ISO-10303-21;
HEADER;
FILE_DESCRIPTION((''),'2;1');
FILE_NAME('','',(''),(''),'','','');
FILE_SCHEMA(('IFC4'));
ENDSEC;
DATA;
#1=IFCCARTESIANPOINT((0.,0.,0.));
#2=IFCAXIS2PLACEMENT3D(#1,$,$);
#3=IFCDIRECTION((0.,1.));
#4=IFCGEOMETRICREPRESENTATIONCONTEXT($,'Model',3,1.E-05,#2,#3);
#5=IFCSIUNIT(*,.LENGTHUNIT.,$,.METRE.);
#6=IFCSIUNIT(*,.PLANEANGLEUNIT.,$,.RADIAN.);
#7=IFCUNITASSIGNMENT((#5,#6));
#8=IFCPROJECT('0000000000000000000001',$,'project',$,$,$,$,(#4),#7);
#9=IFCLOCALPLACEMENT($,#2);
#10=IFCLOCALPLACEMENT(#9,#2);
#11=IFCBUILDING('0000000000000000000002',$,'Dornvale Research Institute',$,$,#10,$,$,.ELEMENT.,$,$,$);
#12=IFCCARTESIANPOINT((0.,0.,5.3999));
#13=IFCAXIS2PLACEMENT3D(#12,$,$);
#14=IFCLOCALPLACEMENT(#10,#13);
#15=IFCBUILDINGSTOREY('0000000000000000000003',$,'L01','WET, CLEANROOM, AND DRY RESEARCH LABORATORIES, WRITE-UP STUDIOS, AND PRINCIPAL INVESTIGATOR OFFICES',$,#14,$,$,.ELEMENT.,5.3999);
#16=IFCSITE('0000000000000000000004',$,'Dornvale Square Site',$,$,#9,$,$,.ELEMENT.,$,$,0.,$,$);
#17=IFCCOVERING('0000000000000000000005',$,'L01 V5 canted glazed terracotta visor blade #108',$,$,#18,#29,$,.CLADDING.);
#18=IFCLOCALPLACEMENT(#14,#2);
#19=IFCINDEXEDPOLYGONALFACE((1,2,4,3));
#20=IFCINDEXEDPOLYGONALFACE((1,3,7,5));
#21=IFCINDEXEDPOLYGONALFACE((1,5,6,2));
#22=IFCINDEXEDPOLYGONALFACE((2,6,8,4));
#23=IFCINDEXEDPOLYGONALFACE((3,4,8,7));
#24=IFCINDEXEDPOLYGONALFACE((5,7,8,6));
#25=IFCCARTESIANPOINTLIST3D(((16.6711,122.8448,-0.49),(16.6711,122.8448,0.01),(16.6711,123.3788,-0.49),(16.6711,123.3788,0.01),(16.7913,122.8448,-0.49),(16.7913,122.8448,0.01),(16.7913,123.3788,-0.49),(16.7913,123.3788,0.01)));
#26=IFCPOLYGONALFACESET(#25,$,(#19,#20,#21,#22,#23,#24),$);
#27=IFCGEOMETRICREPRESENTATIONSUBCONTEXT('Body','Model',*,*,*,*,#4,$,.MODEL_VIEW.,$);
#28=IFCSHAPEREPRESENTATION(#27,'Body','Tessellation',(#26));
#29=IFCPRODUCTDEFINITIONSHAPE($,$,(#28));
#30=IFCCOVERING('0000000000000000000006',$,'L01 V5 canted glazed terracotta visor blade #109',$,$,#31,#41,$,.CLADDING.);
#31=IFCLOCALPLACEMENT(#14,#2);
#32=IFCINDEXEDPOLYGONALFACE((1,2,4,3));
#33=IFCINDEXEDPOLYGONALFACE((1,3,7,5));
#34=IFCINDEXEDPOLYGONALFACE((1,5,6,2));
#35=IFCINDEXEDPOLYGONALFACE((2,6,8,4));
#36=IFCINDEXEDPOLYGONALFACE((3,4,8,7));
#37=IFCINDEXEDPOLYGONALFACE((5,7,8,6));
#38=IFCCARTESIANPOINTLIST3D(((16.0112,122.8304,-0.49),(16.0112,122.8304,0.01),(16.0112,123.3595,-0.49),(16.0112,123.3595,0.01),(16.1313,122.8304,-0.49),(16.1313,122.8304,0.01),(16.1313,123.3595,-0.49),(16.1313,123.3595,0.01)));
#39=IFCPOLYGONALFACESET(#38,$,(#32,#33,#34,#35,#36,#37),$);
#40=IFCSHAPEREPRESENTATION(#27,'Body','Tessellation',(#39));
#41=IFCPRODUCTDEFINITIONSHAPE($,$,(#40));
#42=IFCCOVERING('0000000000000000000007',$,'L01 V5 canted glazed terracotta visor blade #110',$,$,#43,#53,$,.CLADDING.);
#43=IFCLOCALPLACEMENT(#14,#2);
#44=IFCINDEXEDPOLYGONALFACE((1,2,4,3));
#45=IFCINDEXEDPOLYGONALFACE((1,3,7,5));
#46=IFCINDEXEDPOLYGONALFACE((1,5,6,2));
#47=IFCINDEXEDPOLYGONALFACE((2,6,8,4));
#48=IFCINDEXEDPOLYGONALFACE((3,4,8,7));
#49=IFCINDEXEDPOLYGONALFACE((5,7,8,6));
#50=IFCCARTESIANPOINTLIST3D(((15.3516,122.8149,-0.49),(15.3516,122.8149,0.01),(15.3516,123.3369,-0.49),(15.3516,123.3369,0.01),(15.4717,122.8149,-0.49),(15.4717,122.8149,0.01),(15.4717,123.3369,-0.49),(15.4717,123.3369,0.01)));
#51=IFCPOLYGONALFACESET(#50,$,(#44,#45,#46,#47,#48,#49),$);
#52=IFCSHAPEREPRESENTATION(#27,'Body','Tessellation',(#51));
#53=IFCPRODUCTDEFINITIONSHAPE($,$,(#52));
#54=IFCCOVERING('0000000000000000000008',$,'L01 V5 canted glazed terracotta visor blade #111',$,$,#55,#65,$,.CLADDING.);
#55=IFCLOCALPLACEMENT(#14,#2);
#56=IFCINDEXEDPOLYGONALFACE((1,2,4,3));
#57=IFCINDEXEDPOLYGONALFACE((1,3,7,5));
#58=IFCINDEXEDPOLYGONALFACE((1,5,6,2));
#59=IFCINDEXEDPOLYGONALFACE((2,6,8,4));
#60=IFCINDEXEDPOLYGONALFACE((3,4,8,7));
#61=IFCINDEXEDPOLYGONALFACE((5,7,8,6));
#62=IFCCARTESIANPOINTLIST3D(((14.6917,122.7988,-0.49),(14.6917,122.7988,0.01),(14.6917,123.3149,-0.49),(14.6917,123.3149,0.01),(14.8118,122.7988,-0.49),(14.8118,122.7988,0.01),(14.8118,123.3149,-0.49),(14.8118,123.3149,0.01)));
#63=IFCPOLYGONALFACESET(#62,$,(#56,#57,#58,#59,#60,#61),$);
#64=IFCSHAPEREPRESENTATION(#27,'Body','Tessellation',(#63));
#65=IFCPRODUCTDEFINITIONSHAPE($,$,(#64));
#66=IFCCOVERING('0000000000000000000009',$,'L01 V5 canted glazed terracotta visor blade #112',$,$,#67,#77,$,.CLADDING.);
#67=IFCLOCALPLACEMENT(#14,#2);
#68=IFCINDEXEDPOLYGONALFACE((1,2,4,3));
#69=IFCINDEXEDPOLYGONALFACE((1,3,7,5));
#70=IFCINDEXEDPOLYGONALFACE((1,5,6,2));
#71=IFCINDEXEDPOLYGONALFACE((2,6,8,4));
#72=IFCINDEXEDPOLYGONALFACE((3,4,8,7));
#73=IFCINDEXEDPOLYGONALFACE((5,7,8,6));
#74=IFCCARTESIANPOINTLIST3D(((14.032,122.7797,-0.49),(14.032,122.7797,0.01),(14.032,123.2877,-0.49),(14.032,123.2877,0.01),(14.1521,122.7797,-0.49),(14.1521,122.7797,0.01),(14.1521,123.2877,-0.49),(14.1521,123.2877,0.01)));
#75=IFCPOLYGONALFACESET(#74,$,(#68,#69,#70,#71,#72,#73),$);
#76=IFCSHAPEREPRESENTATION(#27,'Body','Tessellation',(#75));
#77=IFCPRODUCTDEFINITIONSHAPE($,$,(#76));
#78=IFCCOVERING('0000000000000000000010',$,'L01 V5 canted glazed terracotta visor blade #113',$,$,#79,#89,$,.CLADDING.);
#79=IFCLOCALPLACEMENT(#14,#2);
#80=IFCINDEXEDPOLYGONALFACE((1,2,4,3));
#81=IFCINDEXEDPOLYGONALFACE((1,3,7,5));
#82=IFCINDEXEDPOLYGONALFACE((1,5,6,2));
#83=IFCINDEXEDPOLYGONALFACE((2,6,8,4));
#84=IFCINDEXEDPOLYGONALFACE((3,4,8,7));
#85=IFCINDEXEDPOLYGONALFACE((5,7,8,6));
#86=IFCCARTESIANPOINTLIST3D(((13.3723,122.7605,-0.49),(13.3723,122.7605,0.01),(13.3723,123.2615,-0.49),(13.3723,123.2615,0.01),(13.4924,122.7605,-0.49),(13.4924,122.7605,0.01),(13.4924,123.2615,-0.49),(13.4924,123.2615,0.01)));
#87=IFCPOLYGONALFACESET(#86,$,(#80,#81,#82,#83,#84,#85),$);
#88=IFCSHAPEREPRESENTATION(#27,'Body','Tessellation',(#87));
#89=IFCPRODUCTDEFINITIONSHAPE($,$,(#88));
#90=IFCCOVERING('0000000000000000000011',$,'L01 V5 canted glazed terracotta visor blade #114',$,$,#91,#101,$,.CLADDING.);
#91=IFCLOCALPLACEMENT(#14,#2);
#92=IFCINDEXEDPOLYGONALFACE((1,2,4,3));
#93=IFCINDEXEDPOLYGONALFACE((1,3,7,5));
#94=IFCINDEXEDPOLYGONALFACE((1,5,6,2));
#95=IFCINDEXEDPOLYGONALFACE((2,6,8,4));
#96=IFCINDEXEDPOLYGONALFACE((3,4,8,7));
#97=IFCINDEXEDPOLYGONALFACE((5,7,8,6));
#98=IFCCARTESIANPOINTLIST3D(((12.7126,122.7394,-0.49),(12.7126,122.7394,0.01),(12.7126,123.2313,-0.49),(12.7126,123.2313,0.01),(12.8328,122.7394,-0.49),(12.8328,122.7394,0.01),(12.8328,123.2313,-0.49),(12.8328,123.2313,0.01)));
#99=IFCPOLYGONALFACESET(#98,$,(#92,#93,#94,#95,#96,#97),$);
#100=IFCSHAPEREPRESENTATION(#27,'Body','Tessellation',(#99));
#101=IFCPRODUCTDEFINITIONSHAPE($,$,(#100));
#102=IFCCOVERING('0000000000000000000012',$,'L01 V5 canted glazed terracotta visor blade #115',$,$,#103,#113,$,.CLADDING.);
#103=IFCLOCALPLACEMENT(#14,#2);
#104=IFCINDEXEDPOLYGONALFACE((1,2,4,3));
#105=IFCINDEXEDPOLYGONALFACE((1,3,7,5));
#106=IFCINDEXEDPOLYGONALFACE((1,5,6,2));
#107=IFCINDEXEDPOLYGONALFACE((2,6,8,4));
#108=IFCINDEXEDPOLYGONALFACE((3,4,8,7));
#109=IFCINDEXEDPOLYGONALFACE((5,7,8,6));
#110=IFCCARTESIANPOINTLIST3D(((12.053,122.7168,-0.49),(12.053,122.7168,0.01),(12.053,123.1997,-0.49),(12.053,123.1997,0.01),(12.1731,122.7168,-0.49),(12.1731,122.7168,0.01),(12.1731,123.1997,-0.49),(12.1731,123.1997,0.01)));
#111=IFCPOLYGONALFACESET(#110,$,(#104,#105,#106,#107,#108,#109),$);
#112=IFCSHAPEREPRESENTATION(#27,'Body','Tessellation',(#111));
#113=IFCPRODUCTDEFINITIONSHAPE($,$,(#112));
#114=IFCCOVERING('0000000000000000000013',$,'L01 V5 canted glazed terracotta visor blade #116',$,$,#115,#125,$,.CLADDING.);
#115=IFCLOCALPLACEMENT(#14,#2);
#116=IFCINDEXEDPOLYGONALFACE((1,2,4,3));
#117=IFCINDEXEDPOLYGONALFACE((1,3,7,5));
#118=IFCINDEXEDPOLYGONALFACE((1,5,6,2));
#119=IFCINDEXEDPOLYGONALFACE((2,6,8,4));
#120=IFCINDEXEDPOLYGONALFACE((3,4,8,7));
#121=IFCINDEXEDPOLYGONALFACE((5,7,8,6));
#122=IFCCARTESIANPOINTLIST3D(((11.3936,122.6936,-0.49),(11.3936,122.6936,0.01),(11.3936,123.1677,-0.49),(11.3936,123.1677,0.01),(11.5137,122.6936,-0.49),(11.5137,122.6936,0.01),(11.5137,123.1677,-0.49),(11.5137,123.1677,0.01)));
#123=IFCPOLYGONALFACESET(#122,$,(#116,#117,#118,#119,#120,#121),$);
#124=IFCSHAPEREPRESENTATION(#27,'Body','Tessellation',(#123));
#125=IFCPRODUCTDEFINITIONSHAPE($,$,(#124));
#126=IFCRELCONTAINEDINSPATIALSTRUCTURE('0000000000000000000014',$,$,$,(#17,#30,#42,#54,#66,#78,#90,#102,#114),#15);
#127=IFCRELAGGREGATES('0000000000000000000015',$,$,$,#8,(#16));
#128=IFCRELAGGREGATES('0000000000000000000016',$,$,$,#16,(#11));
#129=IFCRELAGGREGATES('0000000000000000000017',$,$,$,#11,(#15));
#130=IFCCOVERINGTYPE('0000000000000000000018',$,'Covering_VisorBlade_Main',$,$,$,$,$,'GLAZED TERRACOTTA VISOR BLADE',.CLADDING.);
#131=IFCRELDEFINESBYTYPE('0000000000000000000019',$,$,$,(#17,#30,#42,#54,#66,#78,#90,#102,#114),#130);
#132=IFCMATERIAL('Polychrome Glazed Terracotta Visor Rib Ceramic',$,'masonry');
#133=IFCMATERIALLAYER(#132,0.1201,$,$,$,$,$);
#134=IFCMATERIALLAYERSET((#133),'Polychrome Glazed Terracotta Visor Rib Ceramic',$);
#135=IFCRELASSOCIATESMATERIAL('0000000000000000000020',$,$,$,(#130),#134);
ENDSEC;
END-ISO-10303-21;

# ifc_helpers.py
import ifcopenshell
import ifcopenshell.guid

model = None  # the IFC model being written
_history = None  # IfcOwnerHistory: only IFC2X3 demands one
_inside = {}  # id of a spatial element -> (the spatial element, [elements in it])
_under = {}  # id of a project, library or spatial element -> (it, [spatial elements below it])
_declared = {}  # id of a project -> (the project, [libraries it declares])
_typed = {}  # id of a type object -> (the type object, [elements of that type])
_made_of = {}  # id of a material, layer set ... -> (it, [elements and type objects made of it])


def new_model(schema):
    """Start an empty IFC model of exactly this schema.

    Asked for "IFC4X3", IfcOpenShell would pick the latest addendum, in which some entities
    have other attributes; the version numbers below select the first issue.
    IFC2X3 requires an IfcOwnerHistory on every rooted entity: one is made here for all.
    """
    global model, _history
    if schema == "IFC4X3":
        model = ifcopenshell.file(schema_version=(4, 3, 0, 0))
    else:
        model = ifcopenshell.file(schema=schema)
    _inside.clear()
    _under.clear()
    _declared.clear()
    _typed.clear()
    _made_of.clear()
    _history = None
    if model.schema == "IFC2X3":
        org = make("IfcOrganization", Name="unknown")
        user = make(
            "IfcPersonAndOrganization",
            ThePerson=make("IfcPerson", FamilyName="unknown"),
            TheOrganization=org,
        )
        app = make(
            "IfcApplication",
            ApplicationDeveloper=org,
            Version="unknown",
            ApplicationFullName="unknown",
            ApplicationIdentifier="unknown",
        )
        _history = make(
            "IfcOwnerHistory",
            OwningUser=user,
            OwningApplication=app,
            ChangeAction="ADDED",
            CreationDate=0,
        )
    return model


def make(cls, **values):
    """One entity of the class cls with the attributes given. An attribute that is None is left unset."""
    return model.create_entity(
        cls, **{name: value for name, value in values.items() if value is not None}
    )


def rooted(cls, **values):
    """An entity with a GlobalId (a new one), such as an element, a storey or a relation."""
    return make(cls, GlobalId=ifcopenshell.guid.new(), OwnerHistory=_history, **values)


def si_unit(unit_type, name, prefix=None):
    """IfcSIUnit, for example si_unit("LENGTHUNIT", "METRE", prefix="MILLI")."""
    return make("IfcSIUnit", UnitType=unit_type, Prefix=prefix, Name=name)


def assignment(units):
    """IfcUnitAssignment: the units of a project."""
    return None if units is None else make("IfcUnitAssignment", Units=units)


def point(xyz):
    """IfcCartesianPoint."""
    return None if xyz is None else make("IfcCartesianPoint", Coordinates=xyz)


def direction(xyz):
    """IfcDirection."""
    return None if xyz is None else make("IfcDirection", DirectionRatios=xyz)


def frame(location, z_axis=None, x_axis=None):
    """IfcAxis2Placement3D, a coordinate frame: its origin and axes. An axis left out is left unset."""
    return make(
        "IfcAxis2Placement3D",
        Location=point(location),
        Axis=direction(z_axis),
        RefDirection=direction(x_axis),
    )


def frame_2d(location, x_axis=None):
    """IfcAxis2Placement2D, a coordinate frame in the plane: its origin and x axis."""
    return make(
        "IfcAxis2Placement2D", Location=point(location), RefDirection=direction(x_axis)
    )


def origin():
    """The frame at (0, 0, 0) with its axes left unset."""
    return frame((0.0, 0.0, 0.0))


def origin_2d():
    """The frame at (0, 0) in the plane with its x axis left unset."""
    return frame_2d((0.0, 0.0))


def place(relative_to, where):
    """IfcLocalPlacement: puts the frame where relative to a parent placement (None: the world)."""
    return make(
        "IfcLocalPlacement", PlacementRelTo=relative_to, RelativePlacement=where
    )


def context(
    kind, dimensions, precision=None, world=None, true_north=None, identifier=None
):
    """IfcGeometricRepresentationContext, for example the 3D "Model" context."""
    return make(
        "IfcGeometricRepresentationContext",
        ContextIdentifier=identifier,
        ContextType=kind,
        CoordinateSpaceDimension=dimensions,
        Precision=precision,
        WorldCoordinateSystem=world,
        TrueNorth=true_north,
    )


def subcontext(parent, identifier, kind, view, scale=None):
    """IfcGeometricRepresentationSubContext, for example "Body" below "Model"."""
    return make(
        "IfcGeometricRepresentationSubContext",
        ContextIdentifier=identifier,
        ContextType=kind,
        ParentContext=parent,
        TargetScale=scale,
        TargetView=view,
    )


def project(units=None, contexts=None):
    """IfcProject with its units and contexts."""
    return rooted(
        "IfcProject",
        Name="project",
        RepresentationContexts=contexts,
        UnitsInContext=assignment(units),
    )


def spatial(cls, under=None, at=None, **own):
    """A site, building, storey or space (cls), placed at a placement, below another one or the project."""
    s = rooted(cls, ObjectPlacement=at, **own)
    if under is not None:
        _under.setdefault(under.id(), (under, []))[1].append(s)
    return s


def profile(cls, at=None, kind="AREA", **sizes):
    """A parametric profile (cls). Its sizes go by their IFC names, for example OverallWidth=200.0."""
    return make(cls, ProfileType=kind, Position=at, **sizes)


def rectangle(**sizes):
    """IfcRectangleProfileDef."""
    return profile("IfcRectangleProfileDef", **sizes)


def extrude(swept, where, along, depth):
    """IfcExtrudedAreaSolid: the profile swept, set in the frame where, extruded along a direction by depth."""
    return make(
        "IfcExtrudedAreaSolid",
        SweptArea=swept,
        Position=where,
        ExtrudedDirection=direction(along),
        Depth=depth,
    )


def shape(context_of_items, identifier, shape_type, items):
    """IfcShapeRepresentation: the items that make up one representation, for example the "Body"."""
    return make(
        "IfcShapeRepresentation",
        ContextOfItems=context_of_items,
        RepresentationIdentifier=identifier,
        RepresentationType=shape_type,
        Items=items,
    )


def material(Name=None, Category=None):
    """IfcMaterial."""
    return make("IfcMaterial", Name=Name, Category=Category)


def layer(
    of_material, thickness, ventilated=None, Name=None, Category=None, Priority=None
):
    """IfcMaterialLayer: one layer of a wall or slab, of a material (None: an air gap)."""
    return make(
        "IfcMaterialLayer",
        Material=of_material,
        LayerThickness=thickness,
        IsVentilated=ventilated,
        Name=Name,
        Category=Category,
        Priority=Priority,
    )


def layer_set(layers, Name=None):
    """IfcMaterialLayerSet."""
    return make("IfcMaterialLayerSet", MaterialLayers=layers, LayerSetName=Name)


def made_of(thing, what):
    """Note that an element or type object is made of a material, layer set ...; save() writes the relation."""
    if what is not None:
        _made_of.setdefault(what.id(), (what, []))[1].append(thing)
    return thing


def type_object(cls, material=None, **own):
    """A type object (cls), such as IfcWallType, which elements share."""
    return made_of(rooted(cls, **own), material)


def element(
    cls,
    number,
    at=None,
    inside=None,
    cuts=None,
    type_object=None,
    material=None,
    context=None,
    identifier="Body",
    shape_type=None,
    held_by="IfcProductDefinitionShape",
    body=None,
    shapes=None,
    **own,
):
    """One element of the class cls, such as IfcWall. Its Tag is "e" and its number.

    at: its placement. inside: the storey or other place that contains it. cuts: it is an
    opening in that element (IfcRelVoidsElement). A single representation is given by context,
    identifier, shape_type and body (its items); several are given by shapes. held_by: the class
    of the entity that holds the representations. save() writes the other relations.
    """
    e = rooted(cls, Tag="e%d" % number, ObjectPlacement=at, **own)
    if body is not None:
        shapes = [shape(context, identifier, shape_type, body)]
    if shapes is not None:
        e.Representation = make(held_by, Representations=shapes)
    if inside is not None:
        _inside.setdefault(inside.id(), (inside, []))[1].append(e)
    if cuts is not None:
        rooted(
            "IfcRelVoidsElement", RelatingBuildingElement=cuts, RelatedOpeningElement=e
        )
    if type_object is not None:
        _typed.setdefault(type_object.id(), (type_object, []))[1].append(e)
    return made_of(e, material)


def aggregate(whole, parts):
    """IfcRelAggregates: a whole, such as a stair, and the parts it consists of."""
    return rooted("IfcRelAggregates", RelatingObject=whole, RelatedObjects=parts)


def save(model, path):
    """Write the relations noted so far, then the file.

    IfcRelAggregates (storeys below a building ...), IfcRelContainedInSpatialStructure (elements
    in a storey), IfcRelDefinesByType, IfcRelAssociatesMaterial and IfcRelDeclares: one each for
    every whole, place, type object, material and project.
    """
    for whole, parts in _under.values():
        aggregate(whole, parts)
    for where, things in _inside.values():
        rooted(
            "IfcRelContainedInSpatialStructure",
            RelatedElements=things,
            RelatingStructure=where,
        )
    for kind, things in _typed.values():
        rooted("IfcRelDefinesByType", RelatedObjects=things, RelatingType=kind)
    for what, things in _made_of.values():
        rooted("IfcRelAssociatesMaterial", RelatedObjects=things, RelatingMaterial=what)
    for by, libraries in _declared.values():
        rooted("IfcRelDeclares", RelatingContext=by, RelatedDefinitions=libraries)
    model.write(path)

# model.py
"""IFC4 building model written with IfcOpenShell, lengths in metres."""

from ifc_helpers import new_model, si_unit, direction, frame, origin, origin_2d, place, context, subcontext, project, spatial, rectangle, extrude, material, layer, layer_set, type_object, element, save


model = new_model("IFC4")

# Units and contexts
model_context = context("Model", 3, precision=1e-05, world=origin(), true_north=direction((0.0, 1.0)))
body_context = subcontext(model_context, "Body", "Model", "MODEL_VIEW")
ifc_project = project(units=[si_unit("LENGTHUNIT", "METRE"), si_unit("PLANEANGLEUNIT", "RADIAN")], contexts=[model_context])

# Site, building, storey
site_placement = place(None, origin())
site = spatial("IfcSite", under=ifc_project, at=site_placement, Name="Dornvale Square Site", CompositionType="ELEMENT", RefElevation=0.0)
building_placement = place(site_placement, origin())
building = spatial("IfcBuilding", under=site, at=building_placement, Name="Dornvale Research Institute", CompositionType="ELEMENT")
storey_placement = place(building_placement, frame((0.0, 0.0, 5.3999)))
storey = spatial("IfcBuildingStorey", under=building, at=storey_placement, Name="L01", Description="WET, CLEANROOM, AND DRY RESEARCH LABORATORIES, WRITE-UP STUDIOS, AND PRINCIPAL INVESTIGATOR OFFICES", CompositionType="ELEMENT", Elevation=5.3999)

# Coverings
ifc_material_1 = material(Name="Polychrome Glazed Terracotta Visor Rib Ceramic", Category="masonry")
ifc_layer_1 = layer(ifc_material_1, 0.1201)
ifc_layer_set_1 = layer_set([ifc_layer_1], Name="Polychrome Glazed Terracotta Visor Rib Ceramic")
covering_type = type_object("IfcCoveringType", Name="Covering_VisorBlade_Main", ElementType="GLAZED TERRACOTTA VISOR BLADE", PredefinedType="CLADDING", material=ifc_layer_set_1)
covering_1_placement = place(storey_placement, frame((16.7312, 123.1118, -0.49), z_axis=(0.0, 0.0, 1.0), x_axis=(0.0, 1.0, 0.0)))
element("IfcCovering", 1, at=covering_1_placement, inside=storey, type_object=covering_type, Name="L01 V5 canted glazed terracotta visor blade #108", PredefinedType="CLADDING", context=body_context, shape_type="SweptSolid", body=[
    extrude(rectangle(XDim=0.5339, YDim=0.1201, at=origin_2d()), origin(), (0.0, 0.0, 1.0), 0.5),
])
covering_2_placement = place(storey_placement, frame((16.0713, 123.095, -0.49), z_axis=(0.0, 0.0, 1.0), x_axis=(0.0, 1.0, 0.0)))
element("IfcCovering", 2, at=covering_2_placement, inside=storey, type_object=covering_type, Name="L01 V5 canted glazed terracotta visor blade #109", PredefinedType="CLADDING", context=body_context, shape_type="SweptSolid", body=[
    extrude(rectangle(XDim=0.5291, YDim=0.1201, at=origin_2d()), origin(), (0.0, 0.0, 1.0), 0.5),
])
covering_3_placement = place(storey_placement, frame((15.4116, 123.0759, -0.49), z_axis=(0.0, 0.0, 1.0), x_axis=(0.0, 1.0, 0.0)))
element("IfcCovering", 3, at=covering_3_placement, inside=storey, type_object=covering_type, Name="L01 V5 canted glazed terracotta visor blade #110", PredefinedType="CLADDING", context=body_context, shape_type="SweptSolid", body=[
    extrude(rectangle(XDim=0.522, YDim=0.1201, at=origin_2d()), origin(), (0.0, 0.0, 1.0), 0.5),
])
covering_4_placement = place(storey_placement, frame((14.7517, 123.0569, -0.49), z_axis=(0.0, 0.0, 1.0), x_axis=(0.0, 1.0, 0.0)))
element("IfcCovering", 4, at=covering_4_placement, inside=storey, type_object=covering_type, Name="L01 V5 canted glazed terracotta visor blade #111", PredefinedType="CLADDING", context=body_context, shape_type="SweptSolid", body=[
    extrude(rectangle(XDim=0.5161, YDim=0.1201, at=origin_2d()), origin(), (0.0, 0.0, 1.0), 0.5),
])
covering_5_placement = place(storey_placement, frame((14.092, 123.0337, -0.49), z_axis=(0.0, 0.0, 1.0), x_axis=(0.0, 1.0, 0.0)))
element("IfcCovering", 5, at=covering_5_placement, inside=storey, type_object=covering_type, Name="L01 V5 canted glazed terracotta visor blade #112", PredefinedType="CLADDING", context=body_context, shape_type="SweptSolid", body=[
    extrude(rectangle(XDim=0.5081, YDim=0.1201, at=origin_2d()), origin(), (0.0, 0.0, 1.0), 0.5),
])
covering_6_placement = place(storey_placement, frame((13.4324, 123.011, -0.49), z_axis=(0.0, 0.0, 1.0), x_axis=(0.0, 1.0, 0.0)))
element("IfcCovering", 6, at=covering_6_placement, inside=storey, type_object=covering_type, Name="L01 V5 canted glazed terracotta visor blade #113", PredefinedType="CLADDING", context=body_context, shape_type="SweptSolid", body=[
    extrude(rectangle(XDim=0.501, YDim=0.1201, at=origin_2d()), origin(), (0.0, 0.0, 1.0), 0.5),
])
covering_7_placement = place(storey_placement, frame((12.7727, 122.9854, -0.49), z_axis=(0.0, 0.0, 1.0), x_axis=(0.0, 1.0, 0.0)))
element("IfcCovering", 7, at=covering_7_placement, inside=storey, type_object=covering_type, Name="L01 V5 canted glazed terracotta visor blade #114", PredefinedType="CLADDING", context=body_context, shape_type="SweptSolid", body=[
    extrude(rectangle(XDim=0.4919, YDim=0.1201, at=origin_2d()), origin(), (0.0, 0.0, 1.0), 0.5),
])
covering_8_placement = place(storey_placement, frame((12.113, 122.9583, -0.49), z_axis=(0.0, 0.0, 1.0), x_axis=(0.0, 1.0, 0.0)))
element("IfcCovering", 8, at=covering_8_placement, inside=storey, type_object=covering_type, Name="L01 V5 canted glazed terracotta visor blade #115", PredefinedType="CLADDING", context=body_context, shape_type="SweptSolid", body=[
    extrude(rectangle(XDim=0.4829, YDim=0.1201, at=origin_2d()), origin(), (0.0, 0.0, 1.0), 0.5),
])
covering_9_placement = place(storey_placement, frame((11.4536, 122.9307, -0.49), z_axis=(0.0, 0.0, 1.0), x_axis=(0.0, 1.0, 0.0)))
element("IfcCovering", 9, at=covering_9_placement, inside=storey, type_object=covering_type, Name="L01 V5 canted glazed terracotta visor blade #116", PredefinedType="CLADDING", context=body_context, shape_type="SweptSolid", body=[
    extrude(rectangle(XDim=0.4741, YDim=0.1201, at=origin_2d()), origin(), (0.0, 0.0, 1.0), 0.5),
])

save(model, "model.ifc")
